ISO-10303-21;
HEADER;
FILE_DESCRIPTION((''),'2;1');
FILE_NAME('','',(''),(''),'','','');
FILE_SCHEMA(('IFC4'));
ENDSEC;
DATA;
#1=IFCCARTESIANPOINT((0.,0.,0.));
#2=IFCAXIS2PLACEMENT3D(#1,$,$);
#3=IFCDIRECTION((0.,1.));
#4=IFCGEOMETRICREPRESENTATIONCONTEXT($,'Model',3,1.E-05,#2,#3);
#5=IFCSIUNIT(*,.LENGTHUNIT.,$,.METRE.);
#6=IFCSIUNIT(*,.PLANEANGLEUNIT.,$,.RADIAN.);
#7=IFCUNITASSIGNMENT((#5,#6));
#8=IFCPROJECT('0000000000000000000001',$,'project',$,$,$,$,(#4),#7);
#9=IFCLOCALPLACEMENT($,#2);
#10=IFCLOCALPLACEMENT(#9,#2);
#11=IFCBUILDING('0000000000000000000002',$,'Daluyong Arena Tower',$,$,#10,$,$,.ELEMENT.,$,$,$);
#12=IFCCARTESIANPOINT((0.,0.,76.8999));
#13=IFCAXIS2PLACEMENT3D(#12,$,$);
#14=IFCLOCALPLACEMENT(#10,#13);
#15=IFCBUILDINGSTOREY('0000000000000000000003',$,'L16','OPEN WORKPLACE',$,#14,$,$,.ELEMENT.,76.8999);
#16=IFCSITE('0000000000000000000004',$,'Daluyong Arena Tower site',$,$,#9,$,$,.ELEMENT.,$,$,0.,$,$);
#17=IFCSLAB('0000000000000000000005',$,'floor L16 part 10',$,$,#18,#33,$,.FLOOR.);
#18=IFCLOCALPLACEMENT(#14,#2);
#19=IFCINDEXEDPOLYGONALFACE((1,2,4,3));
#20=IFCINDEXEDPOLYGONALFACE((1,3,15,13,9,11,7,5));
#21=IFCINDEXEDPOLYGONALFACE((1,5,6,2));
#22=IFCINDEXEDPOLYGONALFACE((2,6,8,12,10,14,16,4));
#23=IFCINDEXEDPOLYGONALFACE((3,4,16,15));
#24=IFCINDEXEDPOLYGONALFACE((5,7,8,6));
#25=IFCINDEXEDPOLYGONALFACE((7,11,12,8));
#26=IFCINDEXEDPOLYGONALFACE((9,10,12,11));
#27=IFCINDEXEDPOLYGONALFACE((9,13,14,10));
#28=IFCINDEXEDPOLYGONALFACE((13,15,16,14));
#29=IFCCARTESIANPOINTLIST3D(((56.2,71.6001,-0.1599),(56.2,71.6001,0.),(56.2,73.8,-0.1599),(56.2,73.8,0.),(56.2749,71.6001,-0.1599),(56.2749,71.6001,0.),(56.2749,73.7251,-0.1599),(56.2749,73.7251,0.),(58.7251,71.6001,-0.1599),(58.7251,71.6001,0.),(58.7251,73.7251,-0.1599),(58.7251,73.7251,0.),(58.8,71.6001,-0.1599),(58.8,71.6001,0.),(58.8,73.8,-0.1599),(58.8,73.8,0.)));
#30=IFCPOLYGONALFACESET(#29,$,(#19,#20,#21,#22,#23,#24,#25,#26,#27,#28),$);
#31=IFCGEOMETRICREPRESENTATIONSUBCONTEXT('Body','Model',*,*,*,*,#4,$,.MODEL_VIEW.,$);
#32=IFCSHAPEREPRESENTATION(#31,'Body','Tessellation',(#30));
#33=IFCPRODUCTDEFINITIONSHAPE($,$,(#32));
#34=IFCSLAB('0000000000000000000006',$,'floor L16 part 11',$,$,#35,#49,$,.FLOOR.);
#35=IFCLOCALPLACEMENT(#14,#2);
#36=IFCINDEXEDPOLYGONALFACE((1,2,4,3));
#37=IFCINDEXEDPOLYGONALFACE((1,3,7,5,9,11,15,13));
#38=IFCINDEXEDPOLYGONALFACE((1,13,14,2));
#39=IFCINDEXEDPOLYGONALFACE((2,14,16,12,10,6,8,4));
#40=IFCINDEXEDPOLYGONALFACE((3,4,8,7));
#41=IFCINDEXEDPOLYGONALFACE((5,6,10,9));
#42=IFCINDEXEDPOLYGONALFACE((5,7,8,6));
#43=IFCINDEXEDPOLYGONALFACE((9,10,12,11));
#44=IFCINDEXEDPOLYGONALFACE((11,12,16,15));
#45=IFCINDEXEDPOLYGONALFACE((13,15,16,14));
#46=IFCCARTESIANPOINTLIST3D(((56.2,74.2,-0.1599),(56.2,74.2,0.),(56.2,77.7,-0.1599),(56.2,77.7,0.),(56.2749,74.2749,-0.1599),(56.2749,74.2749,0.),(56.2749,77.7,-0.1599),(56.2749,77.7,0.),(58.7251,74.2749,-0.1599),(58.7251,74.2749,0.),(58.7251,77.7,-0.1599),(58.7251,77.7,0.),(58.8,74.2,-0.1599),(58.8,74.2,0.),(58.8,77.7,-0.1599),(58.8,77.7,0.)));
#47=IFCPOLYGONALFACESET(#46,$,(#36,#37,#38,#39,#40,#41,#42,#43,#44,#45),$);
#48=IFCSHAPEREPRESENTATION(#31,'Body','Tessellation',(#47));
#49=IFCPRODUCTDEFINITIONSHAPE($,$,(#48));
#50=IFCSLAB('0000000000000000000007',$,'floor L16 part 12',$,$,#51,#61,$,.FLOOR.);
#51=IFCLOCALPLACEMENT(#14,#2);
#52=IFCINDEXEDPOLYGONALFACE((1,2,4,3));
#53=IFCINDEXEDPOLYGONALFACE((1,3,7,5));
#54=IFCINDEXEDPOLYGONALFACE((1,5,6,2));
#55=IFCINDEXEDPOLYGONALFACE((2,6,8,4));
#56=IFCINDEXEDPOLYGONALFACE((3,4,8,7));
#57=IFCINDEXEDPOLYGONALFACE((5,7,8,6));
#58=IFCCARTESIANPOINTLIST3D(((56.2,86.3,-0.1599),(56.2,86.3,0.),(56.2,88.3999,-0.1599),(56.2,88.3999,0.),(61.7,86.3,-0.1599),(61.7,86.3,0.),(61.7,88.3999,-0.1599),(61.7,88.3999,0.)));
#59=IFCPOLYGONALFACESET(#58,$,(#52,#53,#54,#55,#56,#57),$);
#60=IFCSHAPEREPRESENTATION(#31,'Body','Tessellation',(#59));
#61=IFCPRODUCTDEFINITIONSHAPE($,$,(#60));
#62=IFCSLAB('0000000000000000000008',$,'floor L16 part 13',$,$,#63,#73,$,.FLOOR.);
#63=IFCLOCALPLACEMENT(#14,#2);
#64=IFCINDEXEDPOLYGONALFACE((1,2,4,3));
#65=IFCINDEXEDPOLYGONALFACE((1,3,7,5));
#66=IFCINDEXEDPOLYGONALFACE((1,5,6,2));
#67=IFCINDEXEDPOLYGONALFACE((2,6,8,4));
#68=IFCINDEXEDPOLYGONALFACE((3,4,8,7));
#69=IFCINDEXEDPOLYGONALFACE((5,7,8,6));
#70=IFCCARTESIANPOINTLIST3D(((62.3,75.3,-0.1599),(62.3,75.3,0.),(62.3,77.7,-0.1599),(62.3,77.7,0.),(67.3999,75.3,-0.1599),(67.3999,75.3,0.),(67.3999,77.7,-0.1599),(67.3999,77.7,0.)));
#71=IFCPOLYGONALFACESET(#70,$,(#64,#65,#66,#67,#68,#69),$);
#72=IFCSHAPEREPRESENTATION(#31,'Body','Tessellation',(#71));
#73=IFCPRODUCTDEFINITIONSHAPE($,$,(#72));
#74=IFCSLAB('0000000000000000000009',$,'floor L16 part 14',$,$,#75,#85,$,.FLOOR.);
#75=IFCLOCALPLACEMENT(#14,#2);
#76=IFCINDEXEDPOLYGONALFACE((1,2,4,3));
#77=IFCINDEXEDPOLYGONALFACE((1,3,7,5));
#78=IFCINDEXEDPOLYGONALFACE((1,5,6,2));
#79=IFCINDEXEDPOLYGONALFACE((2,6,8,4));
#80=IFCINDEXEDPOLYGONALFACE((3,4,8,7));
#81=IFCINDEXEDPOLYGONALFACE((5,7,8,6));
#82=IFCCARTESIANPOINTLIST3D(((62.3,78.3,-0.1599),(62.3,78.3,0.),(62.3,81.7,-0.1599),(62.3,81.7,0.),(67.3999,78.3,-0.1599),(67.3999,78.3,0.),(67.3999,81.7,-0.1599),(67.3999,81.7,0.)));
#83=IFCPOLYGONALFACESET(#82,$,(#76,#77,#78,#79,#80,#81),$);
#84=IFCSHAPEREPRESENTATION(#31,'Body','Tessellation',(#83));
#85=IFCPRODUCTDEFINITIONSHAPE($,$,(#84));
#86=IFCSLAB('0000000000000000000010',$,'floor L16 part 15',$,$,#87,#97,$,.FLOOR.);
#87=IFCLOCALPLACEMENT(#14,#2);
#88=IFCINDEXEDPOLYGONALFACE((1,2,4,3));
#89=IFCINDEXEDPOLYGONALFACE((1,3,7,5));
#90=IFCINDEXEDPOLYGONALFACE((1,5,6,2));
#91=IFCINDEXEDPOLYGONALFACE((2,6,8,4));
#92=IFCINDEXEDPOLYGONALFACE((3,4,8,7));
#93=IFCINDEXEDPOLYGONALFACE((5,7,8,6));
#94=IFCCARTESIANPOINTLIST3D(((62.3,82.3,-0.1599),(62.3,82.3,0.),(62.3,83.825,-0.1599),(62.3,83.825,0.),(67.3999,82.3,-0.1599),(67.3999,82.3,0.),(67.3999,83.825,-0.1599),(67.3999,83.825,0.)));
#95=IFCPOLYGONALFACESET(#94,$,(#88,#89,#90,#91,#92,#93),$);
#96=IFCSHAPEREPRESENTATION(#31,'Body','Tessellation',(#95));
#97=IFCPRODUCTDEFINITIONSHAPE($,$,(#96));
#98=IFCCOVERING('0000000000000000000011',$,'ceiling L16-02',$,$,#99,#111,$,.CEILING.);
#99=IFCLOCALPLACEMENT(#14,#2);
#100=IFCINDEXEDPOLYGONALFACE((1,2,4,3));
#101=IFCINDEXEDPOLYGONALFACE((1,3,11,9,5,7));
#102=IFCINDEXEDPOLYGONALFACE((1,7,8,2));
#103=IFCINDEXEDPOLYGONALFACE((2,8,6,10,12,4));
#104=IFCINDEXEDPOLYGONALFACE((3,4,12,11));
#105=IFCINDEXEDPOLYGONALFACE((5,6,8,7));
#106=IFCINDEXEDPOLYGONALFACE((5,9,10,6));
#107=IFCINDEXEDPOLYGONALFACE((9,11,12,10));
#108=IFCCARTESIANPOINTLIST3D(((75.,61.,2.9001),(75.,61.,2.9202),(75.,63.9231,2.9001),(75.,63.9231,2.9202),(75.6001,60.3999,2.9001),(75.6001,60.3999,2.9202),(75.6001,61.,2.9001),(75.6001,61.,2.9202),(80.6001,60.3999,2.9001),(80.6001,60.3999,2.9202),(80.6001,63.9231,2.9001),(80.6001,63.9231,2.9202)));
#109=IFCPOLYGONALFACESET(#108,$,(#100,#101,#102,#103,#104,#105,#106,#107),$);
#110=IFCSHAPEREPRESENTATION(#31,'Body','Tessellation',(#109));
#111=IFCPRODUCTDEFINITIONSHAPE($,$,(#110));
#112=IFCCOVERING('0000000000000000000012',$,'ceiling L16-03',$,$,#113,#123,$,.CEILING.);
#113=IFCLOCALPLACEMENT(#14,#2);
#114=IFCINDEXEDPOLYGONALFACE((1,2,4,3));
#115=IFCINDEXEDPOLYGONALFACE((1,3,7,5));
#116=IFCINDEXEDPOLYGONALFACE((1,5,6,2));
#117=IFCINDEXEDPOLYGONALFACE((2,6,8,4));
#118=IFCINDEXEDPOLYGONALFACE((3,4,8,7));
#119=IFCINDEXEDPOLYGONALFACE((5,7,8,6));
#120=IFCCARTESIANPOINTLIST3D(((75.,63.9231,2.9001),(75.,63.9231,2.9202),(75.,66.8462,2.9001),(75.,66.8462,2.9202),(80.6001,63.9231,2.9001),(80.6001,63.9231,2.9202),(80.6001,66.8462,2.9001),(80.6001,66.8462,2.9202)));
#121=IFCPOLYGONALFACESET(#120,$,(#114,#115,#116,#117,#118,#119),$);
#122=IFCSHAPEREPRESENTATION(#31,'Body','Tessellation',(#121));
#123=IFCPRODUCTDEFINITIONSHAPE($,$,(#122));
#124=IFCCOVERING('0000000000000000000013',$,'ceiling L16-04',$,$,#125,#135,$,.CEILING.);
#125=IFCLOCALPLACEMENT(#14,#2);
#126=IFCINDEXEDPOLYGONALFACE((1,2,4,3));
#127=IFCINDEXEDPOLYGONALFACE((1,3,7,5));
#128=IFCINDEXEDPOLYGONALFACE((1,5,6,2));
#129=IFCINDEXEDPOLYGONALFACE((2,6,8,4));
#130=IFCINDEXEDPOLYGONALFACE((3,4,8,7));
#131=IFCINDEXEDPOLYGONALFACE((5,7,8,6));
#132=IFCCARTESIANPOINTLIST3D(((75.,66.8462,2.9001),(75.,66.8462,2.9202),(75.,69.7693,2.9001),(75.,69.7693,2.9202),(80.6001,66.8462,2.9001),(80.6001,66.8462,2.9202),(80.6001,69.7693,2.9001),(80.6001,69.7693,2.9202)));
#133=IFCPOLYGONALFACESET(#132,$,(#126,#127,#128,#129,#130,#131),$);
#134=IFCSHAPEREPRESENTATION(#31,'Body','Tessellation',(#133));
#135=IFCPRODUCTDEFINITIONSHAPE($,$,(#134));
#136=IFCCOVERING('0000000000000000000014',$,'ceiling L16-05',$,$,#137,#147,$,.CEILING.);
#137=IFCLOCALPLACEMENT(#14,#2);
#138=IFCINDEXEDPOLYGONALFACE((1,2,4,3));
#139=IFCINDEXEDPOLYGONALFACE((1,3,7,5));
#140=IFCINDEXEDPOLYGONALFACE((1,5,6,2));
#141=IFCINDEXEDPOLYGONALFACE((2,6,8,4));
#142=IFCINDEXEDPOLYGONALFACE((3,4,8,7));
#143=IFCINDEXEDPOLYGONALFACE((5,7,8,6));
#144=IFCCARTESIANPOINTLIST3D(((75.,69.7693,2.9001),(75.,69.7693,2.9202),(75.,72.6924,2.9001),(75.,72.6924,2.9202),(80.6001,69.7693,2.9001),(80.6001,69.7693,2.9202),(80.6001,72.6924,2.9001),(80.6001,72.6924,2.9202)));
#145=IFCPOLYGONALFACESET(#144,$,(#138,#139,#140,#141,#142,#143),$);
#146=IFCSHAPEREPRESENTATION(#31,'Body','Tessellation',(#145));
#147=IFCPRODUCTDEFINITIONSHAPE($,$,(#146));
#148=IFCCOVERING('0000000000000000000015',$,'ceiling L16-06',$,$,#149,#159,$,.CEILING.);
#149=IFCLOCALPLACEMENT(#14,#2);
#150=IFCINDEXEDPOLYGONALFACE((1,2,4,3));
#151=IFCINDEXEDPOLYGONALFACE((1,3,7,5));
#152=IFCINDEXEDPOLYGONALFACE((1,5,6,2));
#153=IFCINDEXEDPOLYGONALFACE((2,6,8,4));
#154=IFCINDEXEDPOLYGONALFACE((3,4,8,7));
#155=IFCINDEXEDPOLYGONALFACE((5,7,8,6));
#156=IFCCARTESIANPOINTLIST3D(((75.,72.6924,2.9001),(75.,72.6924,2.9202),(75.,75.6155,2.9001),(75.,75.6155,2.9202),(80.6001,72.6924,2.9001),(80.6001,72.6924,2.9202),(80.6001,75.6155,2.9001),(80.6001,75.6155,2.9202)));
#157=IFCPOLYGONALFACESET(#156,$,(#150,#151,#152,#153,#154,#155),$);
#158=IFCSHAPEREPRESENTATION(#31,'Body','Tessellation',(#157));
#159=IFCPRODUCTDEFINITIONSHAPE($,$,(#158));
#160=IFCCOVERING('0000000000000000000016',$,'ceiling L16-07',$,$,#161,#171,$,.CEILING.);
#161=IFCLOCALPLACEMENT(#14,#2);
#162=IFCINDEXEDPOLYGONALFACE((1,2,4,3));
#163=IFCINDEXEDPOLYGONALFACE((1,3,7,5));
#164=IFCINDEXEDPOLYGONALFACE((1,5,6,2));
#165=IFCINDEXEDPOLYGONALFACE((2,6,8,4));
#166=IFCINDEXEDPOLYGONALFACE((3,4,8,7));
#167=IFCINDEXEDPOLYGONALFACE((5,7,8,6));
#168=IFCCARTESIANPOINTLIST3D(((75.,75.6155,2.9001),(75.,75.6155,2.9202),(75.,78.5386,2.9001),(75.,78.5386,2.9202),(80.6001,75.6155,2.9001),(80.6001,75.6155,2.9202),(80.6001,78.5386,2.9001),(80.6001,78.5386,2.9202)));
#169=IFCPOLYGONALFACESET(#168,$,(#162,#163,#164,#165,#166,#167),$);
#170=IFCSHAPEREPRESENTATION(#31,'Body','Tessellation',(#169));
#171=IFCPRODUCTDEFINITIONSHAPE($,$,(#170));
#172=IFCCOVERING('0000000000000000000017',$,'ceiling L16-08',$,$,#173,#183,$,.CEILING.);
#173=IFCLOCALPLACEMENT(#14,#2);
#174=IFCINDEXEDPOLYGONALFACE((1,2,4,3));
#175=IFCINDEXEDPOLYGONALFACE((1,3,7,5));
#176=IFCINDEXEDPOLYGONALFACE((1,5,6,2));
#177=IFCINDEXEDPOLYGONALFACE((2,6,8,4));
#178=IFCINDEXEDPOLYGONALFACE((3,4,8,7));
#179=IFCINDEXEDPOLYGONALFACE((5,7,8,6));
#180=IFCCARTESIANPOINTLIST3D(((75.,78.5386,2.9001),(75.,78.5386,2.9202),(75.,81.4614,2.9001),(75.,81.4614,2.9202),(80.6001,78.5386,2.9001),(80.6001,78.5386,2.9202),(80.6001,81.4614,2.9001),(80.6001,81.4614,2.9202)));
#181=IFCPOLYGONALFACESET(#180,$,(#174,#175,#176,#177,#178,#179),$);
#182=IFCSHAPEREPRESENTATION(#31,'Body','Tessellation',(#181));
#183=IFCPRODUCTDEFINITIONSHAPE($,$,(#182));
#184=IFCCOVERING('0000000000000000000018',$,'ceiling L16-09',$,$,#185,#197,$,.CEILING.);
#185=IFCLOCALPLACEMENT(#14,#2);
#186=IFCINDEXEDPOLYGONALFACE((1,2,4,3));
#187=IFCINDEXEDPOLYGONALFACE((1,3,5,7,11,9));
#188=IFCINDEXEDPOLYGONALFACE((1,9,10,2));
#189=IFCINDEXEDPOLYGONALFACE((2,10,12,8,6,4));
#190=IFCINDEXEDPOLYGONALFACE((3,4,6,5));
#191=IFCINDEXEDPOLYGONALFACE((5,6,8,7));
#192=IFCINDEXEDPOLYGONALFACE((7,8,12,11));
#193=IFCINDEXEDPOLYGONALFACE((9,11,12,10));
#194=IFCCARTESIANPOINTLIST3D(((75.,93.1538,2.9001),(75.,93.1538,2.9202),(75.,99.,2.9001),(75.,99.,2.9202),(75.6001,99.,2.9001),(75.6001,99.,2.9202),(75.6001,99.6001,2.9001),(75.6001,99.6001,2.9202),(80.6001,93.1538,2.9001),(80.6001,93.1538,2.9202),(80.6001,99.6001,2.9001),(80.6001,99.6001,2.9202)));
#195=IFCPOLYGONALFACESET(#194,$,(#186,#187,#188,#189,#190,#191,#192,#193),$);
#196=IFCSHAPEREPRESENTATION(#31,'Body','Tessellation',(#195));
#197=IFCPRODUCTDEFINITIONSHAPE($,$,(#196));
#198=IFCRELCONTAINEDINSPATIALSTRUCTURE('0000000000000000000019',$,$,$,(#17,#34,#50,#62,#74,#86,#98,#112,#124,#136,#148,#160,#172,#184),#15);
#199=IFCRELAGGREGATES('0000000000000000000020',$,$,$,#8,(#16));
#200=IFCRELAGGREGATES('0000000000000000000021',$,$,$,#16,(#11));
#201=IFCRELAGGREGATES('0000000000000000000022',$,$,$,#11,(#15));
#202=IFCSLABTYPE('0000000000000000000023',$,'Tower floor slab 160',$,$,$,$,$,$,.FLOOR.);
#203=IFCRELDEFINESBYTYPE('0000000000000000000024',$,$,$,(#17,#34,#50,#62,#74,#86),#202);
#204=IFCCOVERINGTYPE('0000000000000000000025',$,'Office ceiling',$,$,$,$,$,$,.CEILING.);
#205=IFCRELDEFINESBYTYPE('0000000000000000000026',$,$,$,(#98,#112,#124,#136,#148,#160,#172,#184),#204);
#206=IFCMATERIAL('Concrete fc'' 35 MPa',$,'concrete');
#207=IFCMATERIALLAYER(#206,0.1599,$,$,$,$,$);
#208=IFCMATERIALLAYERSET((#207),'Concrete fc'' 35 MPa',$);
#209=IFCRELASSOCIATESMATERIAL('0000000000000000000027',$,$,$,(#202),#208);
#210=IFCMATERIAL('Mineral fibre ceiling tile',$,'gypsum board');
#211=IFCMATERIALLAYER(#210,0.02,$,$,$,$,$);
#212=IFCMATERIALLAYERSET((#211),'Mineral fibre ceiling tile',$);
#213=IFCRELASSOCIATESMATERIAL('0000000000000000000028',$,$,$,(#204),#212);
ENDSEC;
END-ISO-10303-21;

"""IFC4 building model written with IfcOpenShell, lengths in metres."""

from ifc_helpers import new_model, si_unit, direction, frame, origin, place, context, subcontext, project, spatial, polyline, outline, extrude, material, layer, layer_set, type_object, element, save


model = new_model("IFC4")

# Units and contexts
model_context = context("Model", 3, precision=1e-05, world=origin(), true_north=direction((0.0, 1.0)))
body_context = subcontext(model_context, "Body", "Model", "MODEL_VIEW")
ifc_project = project(units=[si_unit("LENGTHUNIT", "METRE"), si_unit("PLANEANGLEUNIT", "RADIAN")], contexts=[model_context])

# Site, building, storey
site_placement = place(None, origin())
site = spatial("IfcSite", under=ifc_project, at=site_placement, Name="Daluyong Arena Tower site", CompositionType="ELEMENT", RefElevation=0.0)
building_placement = place(site_placement, origin())
building = spatial("IfcBuilding", under=site, at=building_placement, Name="Daluyong Arena Tower", CompositionType="ELEMENT")
storey_placement = place(building_placement, frame((0.0, 0.0, 76.8999)))
storey = spatial("IfcBuildingStorey", under=building, at=storey_placement, Name="L16", Description="OPEN WORKPLACE", CompositionType="ELEMENT", Elevation=76.8999)

# Slabs
ifc_material_1 = material(Name="Concrete fc' 35 MPa", Category="concrete")
ifc_layer_1 = layer(ifc_material_1, 0.1599)
ifc_layer_set_1 = layer_set([ifc_layer_1], Name="Concrete fc' 35 MPa")
slab_type_1 = type_object("IfcSlabType", Name="Tower floor slab 160", PredefinedType="FLOOR", material=ifc_layer_set_1)
slab_1_placement = place(storey_placement, frame((0.0, 0.0, -0.1599)))
element("IfcSlab", 1, at=slab_1_placement, inside=storey, type_object=slab_type_1, Name="floor L16 part 10", PredefinedType="FLOOR", context=body_context, shape_type="SweptSolid", body=[
    extrude(outline(polyline([(58.7251, 73.7251), (58.7251, 71.6001), (58.8, 71.6001), (58.8, 73.8), (56.2, 73.8), (56.2, 71.6001), (56.2749, 71.6001), (56.2749, 73.7251), (58.7251, 73.7251)])), origin(), (0.0, 0.0, 1.0), 0.1599),
])
slab_2_placement = place(storey_placement, frame((0.0, 0.0, -0.1599)))
element("IfcSlab", 2, at=slab_2_placement, inside=storey, type_object=slab_type_1, Name="floor L16 part 11", PredefinedType="FLOOR", context=body_context, shape_type="SweptSolid", body=[
    extrude(outline(polyline([(56.2, 77.7), (56.2, 74.2), (58.8, 74.2), (58.8, 77.7), (58.7251, 77.7), (58.7251, 74.2749), (56.2749, 74.2749), (56.2749, 77.7), (56.2, 77.7)])), origin(), (0.0, 0.0, 1.0), 0.1599),
])
slab_3_placement = place(storey_placement, frame((0.0, 0.0, -0.1599)))
element("IfcSlab", 3, at=slab_3_placement, inside=storey, type_object=slab_type_1, Name="floor L16 part 12", PredefinedType="FLOOR", context=body_context, shape_type="SweptSolid", body=[
    extrude(outline(polyline([(56.2, 86.3), (61.7, 86.3), (61.7, 88.3999), (56.2, 88.3999), (56.2, 86.3)])), origin(), (0.0, 0.0, 1.0), 0.1599),
])
slab_4_placement = place(storey_placement, frame((0.0, 0.0, -0.1599)))
element("IfcSlab", 4, at=slab_4_placement, inside=storey, type_object=slab_type_1, Name="floor L16 part 13", PredefinedType="FLOOR", context=body_context, shape_type="SweptSolid", body=[
    extrude(outline(polyline([(67.3999, 75.3), (67.3999, 77.7), (62.3, 77.7), (62.3, 75.3), (67.3999, 75.3)])), origin(), (0.0, 0.0, 1.0), 0.1599),
])
slab_5_placement = place(storey_placement, frame((0.0, 0.0, -0.1599)))
element("IfcSlab", 5, at=slab_5_placement, inside=storey, type_object=slab_type_1, Name="floor L16 part 14", PredefinedType="FLOOR", context=body_context, shape_type="SweptSolid", body=[
    extrude(outline(polyline([(67.3999, 78.3), (67.3999, 81.7), (62.3, 81.7), (62.3, 78.3), (67.3999, 78.3)])), origin(), (0.0, 0.0, 1.0), 0.1599),
])
slab_6_placement = place(storey_placement, frame((0.0, 0.0, -0.1599)))
element("IfcSlab", 6, at=slab_6_placement, inside=storey, type_object=slab_type_1, Name="floor L16 part 15", PredefinedType="FLOOR", context=body_context, shape_type="SweptSolid", body=[
    extrude(outline(polyline([(67.3999, 82.3), (67.3999, 83.825), (62.3, 83.825), (62.3, 82.3), (67.3999, 82.3)])), origin(), (0.0, 0.0, 1.0), 0.1599),
])

# Coverings
ifc_material_2 = material(Name="Mineral fibre ceiling tile", Category="gypsum board")
ifc_layer_2 = layer(ifc_material_2, 0.02)
ifc_layer_set_2 = layer_set([ifc_layer_2], Name="Mineral fibre ceiling tile")
covering_type = type_object("IfcCoveringType", Name="Office ceiling", PredefinedType="CEILING", material=ifc_layer_set_2)
covering_1_placement = place(storey_placement, frame((0.0, 0.0, 2.9001)))
element("IfcCovering", 7, at=covering_1_placement, inside=storey, type_object=covering_type, Name="ceiling L16-02", PredefinedType="CEILING", context=body_context, shape_type="SweptSolid", body=[
    extrude(outline(polyline([(75.6001, 60.3999), (80.6001, 60.3999), (80.6001, 63.9231), (75.0, 63.9231), (75.0, 61.0), (75.6001, 61.0), (75.6001, 60.3999)])), origin(), (0.0, 0.0, 1.0), 0.02),
])
covering_2_placement = place(storey_placement, frame((0.0, 0.0, 2.9001)))
element("IfcCovering", 8, at=covering_2_placement, inside=storey, type_object=covering_type, Name="ceiling L16-03", PredefinedType="CEILING", context=body_context, shape_type="SweptSolid", body=[
    extrude(outline(polyline([(75.0, 63.9231), (80.6001, 63.9231), (80.6001, 66.8462), (75.0, 66.8462), (75.0, 63.9231)])), origin(), (0.0, 0.0, 1.0), 0.02),
])
covering_3_placement = place(storey_placement, frame((0.0, 0.0, 2.9001)))
element("IfcCovering", 9, at=covering_3_placement, inside=storey, type_object=covering_type, Name="ceiling L16-04", PredefinedType="CEILING", context=body_context, shape_type="SweptSolid", body=[
    extrude(outline(polyline([(75.0, 66.8462), (80.6001, 66.8462), (80.6001, 69.7693), (75.0, 69.7693), (75.0, 66.8462)])), origin(), (0.0, 0.0, 1.0), 0.02),
])
covering_4_placement = place(storey_placement, frame((0.0, 0.0, 2.9001)))
element("IfcCovering", 10, at=covering_4_placement, inside=storey, type_object=covering_type, Name="ceiling L16-05", PredefinedType="CEILING", context=body_context, shape_type="SweptSolid", body=[
    extrude(outline(polyline([(75.0, 69.7693), (80.6001, 69.7693), (80.6001, 72.6924), (75.0, 72.6924), (75.0, 69.7693)])), origin(), (0.0, 0.0, 1.0), 0.02),
])
covering_5_placement = place(storey_placement, frame((0.0, 0.0, 2.9001)))
element("IfcCovering", 11, at=covering_5_placement, inside=storey, type_object=covering_type, Name="ceiling L16-06", PredefinedType="CEILING", context=body_context, shape_type="SweptSolid", body=[
    extrude(outline(polyline([(75.0, 72.6924), (80.6001, 72.6924), (80.6001, 75.6155), (75.0, 75.6155), (75.0, 72.6924)])), origin(), (0.0, 0.0, 1.0), 0.02),
])
covering_6_placement = place(storey_placement, frame((0.0, 0.0, 2.9001)))
element("IfcCovering", 12, at=covering_6_placement, inside=storey, type_object=covering_type, Name="ceiling L16-07", PredefinedType="CEILING", context=body_context, shape_type="SweptSolid", body=[
    extrude(outline(polyline([(75.0, 75.6155), (80.6001, 75.6155), (80.6001, 78.5386), (75.0, 78.5386), (75.0, 75.6155)])), origin(), (0.0, 0.0, 1.0), 0.02),
])
covering_7_placement = place(storey_placement, frame((0.0, 0.0, 2.9001)))
element("IfcCovering", 13, at=covering_7_placement, inside=storey, type_object=covering_type, Name="ceiling L16-08", PredefinedType="CEILING", context=body_context, shape_type="SweptSolid", body=[
    extrude(outline(polyline([(75.0, 78.5386), (80.6001, 78.5386), (80.6001, 81.4614), (75.0, 81.4614), (75.0, 78.5386)])), origin(), (0.0, 0.0, 1.0), 0.02),
])
covering_8_placement = place(storey_placement, frame((0.0, 0.0, 2.9001)))
element("IfcCovering", 14, at=covering_8_placement, inside=storey, type_object=covering_type, Name="ceiling L16-09", PredefinedType="CEILING", context=body_context, shape_type="SweptSolid", body=[
    extrude(outline(polyline([(75.0, 93.1538), (80.6001, 93.1538), (80.6001, 99.6001), (75.6001, 99.6001), (75.6001, 99.0), (75.0, 99.0), (75.0, 93.1538)])), origin(), (0.0, 0.0, 1.0), 0.02),
])

save(model, "model.ifc")
